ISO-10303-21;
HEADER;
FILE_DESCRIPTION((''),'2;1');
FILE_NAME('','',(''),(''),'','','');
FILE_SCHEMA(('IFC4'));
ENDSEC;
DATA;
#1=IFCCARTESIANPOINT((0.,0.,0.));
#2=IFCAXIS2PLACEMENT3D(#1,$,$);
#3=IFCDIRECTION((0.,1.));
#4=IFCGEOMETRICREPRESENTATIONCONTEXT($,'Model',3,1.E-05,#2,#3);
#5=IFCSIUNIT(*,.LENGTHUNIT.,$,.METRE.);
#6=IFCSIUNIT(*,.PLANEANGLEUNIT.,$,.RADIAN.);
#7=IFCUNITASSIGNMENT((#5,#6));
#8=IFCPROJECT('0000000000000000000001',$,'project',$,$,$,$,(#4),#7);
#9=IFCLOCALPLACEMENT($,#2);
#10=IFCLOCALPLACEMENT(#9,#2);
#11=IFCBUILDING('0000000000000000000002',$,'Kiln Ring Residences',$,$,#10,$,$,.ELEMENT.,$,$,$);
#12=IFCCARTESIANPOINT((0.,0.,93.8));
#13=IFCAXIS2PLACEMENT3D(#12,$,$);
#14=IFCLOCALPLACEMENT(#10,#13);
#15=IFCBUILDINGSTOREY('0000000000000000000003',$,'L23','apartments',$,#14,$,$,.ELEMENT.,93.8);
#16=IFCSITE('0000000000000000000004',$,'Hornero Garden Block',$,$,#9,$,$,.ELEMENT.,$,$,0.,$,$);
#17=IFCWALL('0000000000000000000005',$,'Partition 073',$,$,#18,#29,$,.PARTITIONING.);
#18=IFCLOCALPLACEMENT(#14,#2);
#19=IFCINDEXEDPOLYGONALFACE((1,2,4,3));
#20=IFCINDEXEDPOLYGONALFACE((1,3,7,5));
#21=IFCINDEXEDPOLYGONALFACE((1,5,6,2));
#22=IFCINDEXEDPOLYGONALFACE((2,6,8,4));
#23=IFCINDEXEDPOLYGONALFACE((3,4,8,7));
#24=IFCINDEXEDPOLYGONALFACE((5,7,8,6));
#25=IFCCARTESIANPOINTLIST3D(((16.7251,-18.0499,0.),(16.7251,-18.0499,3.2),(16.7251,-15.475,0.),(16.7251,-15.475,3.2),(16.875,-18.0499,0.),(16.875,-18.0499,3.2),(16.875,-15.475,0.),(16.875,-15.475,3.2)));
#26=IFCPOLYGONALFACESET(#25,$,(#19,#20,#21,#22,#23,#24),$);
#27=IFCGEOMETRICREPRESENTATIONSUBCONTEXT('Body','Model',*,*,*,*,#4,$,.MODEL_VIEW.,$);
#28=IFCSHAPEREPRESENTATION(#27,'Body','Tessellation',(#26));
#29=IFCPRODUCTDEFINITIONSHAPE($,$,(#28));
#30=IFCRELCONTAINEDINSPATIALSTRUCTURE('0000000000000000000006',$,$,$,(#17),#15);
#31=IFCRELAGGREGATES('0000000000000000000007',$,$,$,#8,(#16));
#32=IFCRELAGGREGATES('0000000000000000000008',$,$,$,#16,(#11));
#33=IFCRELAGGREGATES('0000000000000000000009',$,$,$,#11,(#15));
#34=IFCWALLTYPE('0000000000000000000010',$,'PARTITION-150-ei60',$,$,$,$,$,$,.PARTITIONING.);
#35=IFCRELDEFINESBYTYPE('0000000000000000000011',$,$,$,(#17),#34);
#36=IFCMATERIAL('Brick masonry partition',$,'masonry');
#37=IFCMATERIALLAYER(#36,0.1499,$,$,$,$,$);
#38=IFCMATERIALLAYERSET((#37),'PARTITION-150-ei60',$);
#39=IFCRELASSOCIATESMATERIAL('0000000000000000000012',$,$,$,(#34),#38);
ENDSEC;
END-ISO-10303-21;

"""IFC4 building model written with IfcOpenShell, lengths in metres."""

from ifc_helpers import new_model, si_unit, direction, frame, frame_2d, origin, place, context, subcontext, project, spatial, rectangle, extrude, material, layer, layer_set, type_object, element, save


model = new_model("IFC4")

# Units and contexts
model_context = context("Model", 3, precision=1e-05, world=origin(), true_north=direction((0.0, 1.0)))
body_context = subcontext(model_context, "Body", "Model", "MODEL_VIEW")
ifc_project = project(units=[si_unit("LENGTHUNIT", "METRE"), si_unit("PLANEANGLEUNIT", "RADIAN")], contexts=[model_context])

# Site, building, storey
site_placement = place(None, origin())
site = spatial("IfcSite", under=ifc_project, at=site_placement, Name="Hornero Garden Block", CompositionType="ELEMENT", RefElevation=0.0)
building_placement = place(site_placement, origin())
building = spatial("IfcBuilding", under=site, at=building_placement, Name="Kiln Ring Residences", CompositionType="ELEMENT")
storey_placement = place(building_placement, frame((0.0, 0.0, 93.8)))
storey = spatial("IfcBuildingStorey", under=building, at=storey_placement, Name="L23", Description="apartments", CompositionType="ELEMENT", Elevation=93.8)

# Wall
ifc_material_1 = material(Name="Brick masonry partition", Category="masonry")
ifc_layer_1 = layer(ifc_material_1, 0.1499)
ifc_layer_set_1 = layer_set([ifc_layer_1], Name="PARTITION-150-ei60")
wall_type_1 = type_object("IfcWallType", Name="PARTITION-150-ei60", PredefinedType="PARTITIONING", material=ifc_layer_set_1)
wall_1_placement = place(storey_placement, frame((16.8, -18.05, 0.0), z_axis=(0.0, 0.0, 1.0), x_axis=(0.0, 1.0, 0.0)))
element("IfcWall", 1, at=wall_1_placement, inside=storey, type_object=wall_type_1, Name="Partition 073", PredefinedType="PARTITIONING", context=body_context, shape_type="SweptSolid", body=[
    extrude(rectangle(XDim=2.575, YDim=0.1499, at=frame_2d((1.2876, 0.0))), origin(), (0.0, 0.0, 1.0), 3.2),
])

save(model, "model.ifc")
